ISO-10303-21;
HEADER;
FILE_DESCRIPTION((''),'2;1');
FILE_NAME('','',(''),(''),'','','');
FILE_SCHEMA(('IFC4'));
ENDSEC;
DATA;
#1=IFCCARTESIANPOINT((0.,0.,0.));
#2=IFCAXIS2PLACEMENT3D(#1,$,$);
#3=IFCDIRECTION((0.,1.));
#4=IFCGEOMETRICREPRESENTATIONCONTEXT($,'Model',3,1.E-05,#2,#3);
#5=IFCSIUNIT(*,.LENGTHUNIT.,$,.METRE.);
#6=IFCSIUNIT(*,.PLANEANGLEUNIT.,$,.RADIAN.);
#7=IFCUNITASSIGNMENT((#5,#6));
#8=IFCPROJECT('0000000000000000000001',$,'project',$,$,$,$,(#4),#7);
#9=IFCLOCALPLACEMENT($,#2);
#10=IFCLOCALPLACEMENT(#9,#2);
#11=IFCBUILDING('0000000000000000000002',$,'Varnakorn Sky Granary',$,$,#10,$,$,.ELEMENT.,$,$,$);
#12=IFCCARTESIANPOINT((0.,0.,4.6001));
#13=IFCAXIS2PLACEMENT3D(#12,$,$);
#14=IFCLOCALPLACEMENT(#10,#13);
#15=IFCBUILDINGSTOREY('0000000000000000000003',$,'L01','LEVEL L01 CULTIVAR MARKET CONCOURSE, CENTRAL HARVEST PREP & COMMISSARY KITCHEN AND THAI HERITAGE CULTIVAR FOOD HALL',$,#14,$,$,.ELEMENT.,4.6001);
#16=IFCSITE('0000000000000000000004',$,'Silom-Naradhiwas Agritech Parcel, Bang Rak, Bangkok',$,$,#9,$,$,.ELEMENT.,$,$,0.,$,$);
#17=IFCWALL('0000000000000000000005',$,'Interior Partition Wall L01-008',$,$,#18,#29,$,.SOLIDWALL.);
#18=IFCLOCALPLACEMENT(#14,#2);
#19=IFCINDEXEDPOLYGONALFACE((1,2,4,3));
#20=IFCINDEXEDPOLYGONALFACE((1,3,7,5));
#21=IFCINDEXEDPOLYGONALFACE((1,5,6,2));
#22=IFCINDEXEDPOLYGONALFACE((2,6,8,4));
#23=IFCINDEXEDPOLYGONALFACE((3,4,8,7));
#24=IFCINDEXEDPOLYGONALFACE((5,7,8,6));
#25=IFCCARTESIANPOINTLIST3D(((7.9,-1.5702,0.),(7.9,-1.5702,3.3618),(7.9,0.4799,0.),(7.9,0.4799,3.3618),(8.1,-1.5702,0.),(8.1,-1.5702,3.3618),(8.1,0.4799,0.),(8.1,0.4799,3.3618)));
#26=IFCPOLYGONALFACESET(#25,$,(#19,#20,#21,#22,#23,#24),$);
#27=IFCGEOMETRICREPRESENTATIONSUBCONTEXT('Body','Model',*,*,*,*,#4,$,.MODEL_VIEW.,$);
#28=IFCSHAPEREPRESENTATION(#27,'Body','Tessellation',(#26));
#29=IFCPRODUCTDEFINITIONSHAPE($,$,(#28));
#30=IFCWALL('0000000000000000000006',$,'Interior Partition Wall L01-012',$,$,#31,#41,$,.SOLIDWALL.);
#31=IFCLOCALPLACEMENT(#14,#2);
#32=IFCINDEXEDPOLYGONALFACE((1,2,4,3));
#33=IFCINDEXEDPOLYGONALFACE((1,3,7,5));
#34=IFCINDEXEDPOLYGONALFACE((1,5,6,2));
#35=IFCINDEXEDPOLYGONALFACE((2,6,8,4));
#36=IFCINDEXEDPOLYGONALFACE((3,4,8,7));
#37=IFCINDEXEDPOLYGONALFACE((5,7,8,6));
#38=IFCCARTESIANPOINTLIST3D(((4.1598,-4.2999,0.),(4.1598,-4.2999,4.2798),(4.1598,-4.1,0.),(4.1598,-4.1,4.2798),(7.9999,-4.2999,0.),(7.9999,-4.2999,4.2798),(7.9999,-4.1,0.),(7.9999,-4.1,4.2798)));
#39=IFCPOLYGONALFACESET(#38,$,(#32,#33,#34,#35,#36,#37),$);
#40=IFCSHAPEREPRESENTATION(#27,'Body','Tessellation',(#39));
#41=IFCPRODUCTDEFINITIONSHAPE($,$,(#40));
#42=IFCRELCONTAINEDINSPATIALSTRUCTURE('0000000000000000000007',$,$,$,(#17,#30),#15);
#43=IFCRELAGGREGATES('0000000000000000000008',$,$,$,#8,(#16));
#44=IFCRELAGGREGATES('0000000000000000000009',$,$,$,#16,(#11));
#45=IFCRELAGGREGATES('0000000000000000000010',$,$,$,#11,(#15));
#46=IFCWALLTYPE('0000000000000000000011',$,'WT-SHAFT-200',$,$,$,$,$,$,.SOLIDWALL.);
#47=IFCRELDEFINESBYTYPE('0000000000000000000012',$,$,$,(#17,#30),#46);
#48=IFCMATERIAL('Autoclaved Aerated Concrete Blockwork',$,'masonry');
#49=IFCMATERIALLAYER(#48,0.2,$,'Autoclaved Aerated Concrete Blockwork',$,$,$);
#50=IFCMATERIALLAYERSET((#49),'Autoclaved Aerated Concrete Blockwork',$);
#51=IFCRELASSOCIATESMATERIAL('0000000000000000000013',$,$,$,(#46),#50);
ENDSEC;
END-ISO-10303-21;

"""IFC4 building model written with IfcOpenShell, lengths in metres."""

from ifc_helpers import new_model, si_unit, direction, frame, frame_2d, origin, place, context, subcontext, project, spatial, rectangle, extrude, material, layer, layer_set, type_object, element, save


model = new_model("IFC4")

# Units and contexts
model_context = context("Model", 3, precision=1e-05, world=origin(), true_north=direction((0.0, 1.0)))
body_context = subcontext(model_context, "Body", "Model", "MODEL_VIEW")
ifc_project = project(units=[si_unit("LENGTHUNIT", "METRE"), si_unit("PLANEANGLEUNIT", "RADIAN")], contexts=[model_context])

# Site, building, storey
site_placement = place(None, origin())
site = spatial("IfcSite", under=ifc_project, at=site_placement, Name="Silom-Naradhiwas Agritech Parcel, Bang Rak, Bangkok", CompositionType="ELEMENT", RefElevation=0.0)
building_placement = place(site_placement, origin())
building = spatial("IfcBuilding", under=site, at=building_placement, Name="Varnakorn Sky Granary", CompositionType="ELEMENT")
storey_placement = place(building_placement, frame((0.0, 0.0, 4.6001)))
storey = spatial("IfcBuildingStorey", under=building, at=storey_placement, Name="L01", Description="LEVEL L01 CULTIVAR MARKET CONCOURSE, CENTRAL HARVEST PREP & COMMISSARY KITCHEN AND THAI HERITAGE CULTIVAR FOOD HALL", CompositionType="ELEMENT", Elevation=4.6001)

# Shared definitions
ifc_material_1 = material(Name="Autoclaved Aerated Concrete Blockwork", Category="masonry")

# Shared definitions
ifc_layer_1 = layer(ifc_material_1, 0.2, Name="Autoclaved Aerated Concrete Blockwork")
ifc_layer_set_1 = layer_set([ifc_layer_1], Name="Autoclaved Aerated Concrete Blockwork")
wall_type_1 = type_object("IfcWallType", Name="WT-SHAFT-200", PredefinedType="SOLIDWALL", material=ifc_layer_set_1)

# Walls
wall_1_placement = place(storey_placement, frame((8.0, -1.5701, 0.0), z_axis=(0.0, 0.0, 1.0), x_axis=(0.0, 1.0, 0.0)))
element("IfcWall", 1, at=wall_1_placement, inside=storey, type_object=wall_type_1, Name="Interior Partition Wall L01-008", PredefinedType="SOLIDWALL", context=body_context, shape_type="SweptSolid", body=[
    extrude(rectangle(XDim=2.05, YDim=0.2, at=frame_2d((1.0249, 0.0))), origin(), (0.0, 0.0, 1.0), 3.3618),
])
wall_2_placement = place(storey_placement, frame((4.1599, -4.2, 0.0), z_axis=(0.0, 0.0, 1.0), x_axis=(1.0, 0.0, 0.0)))
element("IfcWall", 2, at=wall_2_placement, inside=storey, type_object=wall_type_1, Name="Interior Partition Wall L01-012", PredefinedType="SOLIDWALL", context=body_context, shape_type="SweptSolid", body=[
    extrude(rectangle(XDim=3.8401, YDim=0.2, at=frame_2d((1.9199, 0.0))), origin(), (0.0, 0.0, 1.0), 4.2798),
])

save(model, "model.ifc")
